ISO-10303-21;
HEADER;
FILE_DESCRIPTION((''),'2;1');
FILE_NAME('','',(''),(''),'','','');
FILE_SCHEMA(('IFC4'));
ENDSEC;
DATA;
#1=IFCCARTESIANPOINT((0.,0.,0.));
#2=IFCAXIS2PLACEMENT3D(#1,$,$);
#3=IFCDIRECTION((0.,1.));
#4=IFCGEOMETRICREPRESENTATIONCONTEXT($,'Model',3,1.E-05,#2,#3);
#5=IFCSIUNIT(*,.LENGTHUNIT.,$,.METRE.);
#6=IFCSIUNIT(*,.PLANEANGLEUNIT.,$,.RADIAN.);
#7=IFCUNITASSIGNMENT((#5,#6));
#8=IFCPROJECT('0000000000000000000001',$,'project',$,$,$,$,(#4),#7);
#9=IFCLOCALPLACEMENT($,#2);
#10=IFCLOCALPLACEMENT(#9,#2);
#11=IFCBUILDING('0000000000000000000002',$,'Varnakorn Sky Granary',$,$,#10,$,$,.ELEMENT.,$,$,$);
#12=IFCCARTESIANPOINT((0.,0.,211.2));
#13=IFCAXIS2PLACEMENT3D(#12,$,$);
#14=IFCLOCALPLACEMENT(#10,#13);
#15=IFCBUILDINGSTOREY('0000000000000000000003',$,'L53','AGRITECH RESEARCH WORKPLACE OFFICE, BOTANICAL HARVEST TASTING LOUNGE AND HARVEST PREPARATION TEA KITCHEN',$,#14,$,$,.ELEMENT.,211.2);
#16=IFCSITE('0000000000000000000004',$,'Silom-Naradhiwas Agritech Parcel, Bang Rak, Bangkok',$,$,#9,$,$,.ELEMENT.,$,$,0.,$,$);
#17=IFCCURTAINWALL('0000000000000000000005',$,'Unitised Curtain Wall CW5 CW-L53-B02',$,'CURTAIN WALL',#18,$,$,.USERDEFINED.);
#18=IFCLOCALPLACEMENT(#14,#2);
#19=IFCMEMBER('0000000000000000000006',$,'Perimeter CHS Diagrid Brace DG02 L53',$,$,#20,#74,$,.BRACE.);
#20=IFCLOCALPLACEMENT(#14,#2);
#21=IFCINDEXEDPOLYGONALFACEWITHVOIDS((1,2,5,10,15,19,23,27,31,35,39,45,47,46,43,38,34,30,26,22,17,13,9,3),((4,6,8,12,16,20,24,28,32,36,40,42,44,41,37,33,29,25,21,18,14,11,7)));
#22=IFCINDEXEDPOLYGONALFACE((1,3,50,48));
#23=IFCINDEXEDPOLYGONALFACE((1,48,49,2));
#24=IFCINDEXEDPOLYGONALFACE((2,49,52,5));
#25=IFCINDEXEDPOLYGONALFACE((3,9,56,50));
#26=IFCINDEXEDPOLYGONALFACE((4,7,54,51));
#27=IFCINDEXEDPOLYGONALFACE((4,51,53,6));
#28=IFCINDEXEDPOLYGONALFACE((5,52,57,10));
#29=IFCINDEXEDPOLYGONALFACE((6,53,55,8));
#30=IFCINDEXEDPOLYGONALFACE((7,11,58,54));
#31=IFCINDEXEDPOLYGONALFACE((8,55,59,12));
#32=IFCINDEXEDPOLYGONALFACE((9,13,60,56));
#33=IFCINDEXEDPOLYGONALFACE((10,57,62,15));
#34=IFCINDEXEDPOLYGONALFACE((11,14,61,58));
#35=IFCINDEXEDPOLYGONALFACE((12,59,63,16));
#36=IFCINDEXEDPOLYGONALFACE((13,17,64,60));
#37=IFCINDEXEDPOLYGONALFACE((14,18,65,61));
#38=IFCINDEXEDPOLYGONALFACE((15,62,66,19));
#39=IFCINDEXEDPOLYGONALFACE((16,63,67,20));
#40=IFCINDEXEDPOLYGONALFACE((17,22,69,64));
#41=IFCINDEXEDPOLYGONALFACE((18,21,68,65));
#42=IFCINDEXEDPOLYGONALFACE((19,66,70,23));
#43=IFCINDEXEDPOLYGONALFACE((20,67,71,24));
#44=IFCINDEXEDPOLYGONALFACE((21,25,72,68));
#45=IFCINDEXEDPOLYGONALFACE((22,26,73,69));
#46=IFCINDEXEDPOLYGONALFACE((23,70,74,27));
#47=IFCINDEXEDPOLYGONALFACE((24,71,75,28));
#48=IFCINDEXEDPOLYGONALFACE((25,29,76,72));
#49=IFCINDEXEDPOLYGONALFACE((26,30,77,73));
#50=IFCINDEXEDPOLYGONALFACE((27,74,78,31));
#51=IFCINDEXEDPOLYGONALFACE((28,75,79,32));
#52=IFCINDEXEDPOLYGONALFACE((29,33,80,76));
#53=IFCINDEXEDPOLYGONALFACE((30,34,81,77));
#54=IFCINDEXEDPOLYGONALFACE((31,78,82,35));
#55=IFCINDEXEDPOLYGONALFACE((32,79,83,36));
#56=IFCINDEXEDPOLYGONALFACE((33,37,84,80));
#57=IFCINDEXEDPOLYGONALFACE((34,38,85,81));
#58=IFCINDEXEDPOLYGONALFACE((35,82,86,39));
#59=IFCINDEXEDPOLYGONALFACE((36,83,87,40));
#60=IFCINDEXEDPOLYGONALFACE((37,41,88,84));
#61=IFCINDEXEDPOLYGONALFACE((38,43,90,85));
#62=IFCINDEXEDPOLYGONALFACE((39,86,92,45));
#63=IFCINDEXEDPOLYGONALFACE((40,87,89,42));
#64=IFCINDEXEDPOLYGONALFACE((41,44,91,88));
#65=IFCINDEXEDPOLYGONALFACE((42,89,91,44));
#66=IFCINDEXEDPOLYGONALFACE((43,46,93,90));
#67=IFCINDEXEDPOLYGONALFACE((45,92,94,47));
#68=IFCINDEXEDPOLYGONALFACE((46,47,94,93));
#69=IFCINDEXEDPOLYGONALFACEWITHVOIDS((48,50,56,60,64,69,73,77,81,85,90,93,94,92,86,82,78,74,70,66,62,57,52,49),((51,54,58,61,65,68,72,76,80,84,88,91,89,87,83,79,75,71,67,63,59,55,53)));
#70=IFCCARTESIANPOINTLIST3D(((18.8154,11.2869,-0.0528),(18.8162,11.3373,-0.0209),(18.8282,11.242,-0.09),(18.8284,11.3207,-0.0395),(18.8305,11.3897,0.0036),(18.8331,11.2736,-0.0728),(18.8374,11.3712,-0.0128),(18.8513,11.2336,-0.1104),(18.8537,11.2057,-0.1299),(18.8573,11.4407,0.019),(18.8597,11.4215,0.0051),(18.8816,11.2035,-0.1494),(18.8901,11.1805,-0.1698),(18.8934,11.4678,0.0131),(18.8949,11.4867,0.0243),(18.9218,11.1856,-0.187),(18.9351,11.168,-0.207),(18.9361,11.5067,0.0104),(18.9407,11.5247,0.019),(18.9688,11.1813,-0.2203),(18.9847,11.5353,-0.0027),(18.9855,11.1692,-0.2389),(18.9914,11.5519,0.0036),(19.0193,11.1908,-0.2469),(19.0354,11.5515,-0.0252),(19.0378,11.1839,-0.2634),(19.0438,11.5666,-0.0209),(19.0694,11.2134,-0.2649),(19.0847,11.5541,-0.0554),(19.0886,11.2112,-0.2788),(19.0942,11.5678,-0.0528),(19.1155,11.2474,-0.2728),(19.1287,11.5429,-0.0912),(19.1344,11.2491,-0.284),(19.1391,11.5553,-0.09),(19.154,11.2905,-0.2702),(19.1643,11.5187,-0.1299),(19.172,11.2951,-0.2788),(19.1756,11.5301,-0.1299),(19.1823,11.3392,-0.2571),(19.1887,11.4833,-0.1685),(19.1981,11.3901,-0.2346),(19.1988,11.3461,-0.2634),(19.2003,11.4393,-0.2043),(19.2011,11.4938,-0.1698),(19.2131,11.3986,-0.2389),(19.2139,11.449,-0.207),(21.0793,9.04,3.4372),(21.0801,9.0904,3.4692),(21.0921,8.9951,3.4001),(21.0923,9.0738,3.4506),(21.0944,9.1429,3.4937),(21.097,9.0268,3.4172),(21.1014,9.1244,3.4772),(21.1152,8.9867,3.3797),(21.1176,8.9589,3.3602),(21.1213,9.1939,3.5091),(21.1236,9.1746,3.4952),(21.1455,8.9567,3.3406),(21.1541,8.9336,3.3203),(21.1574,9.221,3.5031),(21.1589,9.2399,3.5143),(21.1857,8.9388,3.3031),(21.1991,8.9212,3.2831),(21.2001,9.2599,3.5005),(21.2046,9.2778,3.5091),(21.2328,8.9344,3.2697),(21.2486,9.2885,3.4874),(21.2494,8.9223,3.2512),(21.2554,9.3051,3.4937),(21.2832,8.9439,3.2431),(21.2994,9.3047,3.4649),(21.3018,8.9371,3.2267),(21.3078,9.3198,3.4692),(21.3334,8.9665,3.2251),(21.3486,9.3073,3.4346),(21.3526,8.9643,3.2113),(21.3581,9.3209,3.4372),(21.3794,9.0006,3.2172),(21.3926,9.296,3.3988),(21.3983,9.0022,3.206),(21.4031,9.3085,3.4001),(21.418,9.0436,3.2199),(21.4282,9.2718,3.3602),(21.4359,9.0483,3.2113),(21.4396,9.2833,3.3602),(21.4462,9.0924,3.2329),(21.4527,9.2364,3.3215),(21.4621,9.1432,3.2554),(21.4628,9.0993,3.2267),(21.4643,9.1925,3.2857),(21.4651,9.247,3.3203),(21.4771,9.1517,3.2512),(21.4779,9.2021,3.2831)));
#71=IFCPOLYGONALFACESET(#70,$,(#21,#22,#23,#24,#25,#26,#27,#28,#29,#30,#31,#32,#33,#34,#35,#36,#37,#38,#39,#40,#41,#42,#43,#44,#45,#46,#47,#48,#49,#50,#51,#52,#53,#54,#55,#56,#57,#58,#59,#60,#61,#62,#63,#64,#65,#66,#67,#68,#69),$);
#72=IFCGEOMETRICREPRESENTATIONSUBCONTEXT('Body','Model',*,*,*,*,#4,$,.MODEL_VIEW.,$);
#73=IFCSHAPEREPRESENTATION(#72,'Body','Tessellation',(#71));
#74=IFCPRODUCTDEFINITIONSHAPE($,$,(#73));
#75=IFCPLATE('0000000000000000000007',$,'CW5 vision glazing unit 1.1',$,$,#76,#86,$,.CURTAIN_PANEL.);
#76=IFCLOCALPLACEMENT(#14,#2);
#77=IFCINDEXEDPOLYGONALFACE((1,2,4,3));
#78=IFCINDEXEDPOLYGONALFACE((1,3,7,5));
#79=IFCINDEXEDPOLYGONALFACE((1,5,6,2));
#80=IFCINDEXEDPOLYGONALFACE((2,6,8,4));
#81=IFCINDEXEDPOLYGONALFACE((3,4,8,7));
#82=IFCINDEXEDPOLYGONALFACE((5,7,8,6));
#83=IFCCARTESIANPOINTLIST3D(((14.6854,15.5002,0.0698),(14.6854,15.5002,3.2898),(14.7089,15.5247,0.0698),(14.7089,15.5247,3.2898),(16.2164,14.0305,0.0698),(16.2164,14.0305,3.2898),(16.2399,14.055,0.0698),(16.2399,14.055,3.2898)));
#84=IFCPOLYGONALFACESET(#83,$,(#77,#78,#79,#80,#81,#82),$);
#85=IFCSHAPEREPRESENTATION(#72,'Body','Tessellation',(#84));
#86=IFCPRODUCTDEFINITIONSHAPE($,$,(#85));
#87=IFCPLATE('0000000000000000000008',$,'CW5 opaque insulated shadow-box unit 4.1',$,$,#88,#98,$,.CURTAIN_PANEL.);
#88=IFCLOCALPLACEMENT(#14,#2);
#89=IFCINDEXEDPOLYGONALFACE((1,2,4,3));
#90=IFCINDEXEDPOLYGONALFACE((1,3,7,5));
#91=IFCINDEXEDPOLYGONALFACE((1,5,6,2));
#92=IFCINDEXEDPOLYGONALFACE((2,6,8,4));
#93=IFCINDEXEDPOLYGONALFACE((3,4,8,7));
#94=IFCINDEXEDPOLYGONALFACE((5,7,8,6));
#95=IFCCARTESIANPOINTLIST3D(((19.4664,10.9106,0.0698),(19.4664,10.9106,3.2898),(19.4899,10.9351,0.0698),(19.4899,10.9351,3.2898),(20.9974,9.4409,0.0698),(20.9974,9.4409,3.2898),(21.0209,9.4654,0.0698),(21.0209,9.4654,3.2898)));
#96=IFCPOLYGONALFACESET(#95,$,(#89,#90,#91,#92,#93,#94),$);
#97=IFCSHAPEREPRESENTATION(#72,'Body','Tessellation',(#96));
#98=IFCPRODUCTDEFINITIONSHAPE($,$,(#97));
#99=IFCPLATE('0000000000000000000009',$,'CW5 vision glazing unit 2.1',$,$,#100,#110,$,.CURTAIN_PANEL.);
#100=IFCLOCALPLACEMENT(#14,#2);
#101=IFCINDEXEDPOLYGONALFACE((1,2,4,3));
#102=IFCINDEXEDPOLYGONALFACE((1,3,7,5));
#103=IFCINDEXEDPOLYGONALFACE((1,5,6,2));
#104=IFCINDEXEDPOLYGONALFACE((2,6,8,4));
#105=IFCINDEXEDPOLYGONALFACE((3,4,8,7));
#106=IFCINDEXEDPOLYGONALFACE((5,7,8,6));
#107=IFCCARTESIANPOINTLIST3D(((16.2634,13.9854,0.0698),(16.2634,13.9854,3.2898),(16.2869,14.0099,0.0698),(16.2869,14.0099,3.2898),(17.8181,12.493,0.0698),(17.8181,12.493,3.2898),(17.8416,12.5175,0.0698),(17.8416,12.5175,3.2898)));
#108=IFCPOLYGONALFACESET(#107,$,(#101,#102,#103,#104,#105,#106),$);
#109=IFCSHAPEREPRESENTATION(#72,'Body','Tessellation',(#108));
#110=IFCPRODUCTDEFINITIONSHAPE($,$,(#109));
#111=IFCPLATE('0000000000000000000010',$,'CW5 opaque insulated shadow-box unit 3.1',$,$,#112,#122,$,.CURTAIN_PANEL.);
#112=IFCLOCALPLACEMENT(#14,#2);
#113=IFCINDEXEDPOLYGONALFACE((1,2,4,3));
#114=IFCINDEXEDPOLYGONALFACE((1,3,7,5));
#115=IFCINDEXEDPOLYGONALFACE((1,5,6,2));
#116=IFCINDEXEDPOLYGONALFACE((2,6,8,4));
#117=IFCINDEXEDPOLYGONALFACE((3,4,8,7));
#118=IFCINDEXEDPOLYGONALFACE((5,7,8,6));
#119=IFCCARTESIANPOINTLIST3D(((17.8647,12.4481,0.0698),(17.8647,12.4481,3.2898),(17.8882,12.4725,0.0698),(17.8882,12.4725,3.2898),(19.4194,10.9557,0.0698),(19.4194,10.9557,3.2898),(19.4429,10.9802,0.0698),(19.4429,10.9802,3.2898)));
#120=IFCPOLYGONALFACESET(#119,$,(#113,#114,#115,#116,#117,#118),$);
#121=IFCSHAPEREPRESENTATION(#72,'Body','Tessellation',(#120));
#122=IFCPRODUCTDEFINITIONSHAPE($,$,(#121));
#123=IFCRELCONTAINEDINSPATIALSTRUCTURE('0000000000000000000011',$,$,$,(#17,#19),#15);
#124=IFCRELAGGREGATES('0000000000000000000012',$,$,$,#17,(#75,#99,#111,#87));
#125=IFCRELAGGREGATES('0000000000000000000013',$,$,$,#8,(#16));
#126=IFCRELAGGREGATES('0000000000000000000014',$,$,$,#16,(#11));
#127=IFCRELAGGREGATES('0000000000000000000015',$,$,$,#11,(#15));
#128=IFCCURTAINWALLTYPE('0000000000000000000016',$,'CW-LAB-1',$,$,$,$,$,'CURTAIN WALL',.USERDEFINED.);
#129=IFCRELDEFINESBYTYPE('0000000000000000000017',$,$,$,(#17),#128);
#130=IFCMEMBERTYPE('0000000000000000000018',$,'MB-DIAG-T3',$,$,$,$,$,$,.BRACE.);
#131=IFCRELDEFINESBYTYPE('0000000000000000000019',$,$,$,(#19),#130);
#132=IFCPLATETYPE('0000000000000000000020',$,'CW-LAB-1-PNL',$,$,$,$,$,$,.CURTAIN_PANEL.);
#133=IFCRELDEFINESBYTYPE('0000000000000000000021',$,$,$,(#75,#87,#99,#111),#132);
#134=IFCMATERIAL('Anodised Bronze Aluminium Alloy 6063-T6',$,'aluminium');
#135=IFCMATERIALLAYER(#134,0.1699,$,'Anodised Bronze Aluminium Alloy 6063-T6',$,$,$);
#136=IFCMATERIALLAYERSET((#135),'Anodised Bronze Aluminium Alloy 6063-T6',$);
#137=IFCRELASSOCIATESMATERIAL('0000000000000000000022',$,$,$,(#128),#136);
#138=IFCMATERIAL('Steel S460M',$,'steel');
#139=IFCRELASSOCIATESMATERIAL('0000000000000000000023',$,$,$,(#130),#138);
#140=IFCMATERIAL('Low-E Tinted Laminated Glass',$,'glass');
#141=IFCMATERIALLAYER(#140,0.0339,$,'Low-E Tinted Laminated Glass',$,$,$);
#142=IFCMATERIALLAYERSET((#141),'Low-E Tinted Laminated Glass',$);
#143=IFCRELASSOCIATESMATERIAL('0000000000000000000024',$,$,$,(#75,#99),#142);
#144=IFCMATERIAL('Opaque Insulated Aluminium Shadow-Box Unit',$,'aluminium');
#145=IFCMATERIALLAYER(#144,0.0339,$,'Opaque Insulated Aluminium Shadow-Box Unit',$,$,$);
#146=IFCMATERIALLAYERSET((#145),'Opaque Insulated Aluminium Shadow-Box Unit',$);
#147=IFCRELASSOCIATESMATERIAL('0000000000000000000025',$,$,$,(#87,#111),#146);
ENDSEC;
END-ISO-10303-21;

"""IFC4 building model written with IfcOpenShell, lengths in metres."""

from ifc_helpers import new_model, si_unit, direction, frame, origin, origin_2d, place, context, subcontext, project, spatial, rectangle, hollow_circle, extrude, source, transform, mapped, material, layer, layer_set, material_profile, profile_set, type_object, type_shapes, element, aggregate, save


model = new_model("IFC4")

# Units and contexts
model_context = context("Model", 3, precision=1e-05, world=origin(), true_north=direction((0.0, 1.0)))
body_context = subcontext(model_context, "Body", "Model", "MODEL_VIEW")
ifc_project = project(units=[si_unit("LENGTHUNIT", "METRE"), si_unit("PLANEANGLEUNIT", "RADIAN")], contexts=[model_context])

# Site, building, storey
site_placement = place(None, origin())
site = spatial("IfcSite", under=ifc_project, at=site_placement, Name="Silom-Naradhiwas Agritech Parcel, Bang Rak, Bangkok", CompositionType="ELEMENT", RefElevation=0.0)
building_placement = place(site_placement, origin())
building = spatial("IfcBuilding", under=site, at=building_placement, Name="Varnakorn Sky Granary", CompositionType="ELEMENT")
storey_placement = place(building_placement, frame((0.0, 0.0, 211.2)))
storey = spatial("IfcBuildingStorey", under=building, at=storey_placement, Name="L53", Description="AGRITECH RESEARCH WORKPLACE OFFICE, BOTANICAL HARVEST TASTING LOUNGE AND HARVEST PREPARATION TEA KITCHEN", CompositionType="ELEMENT", Elevation=211.2)

# Shared definitions
ifc_material_1 = material(Name="Steel S460M", Category="steel")

# Curtain wall
ifc_material_2 = material(Name="Anodised Bronze Aluminium Alloy 6063-T6", Category="aluminium")
ifc_layer_1 = layer(ifc_material_2, 0.1699, Name="Anodised Bronze Aluminium Alloy 6063-T6")
ifc_layer_set_1 = layer_set([ifc_layer_1], Name="Anodised Bronze Aluminium Alloy 6063-T6")
curtain_wall_type = type_object("IfcCurtainWallType", Name="CW-LAB-1", ElementType="CURTAIN WALL", PredefinedType="USERDEFINED", material=ifc_layer_set_1)
curtain_wall_placement = place(storey_placement, origin())
curtain_wall = element("IfcCurtainWall", 1, at=curtain_wall_placement, inside=storey, type_object=curtain_wall_type, Name="Unitised Curtain Wall CW5 CW-L53-B02", ObjectType="CURTAIN WALL", PredefinedType="USERDEFINED")

# Member
ifc_material_profile_1 = material_profile(ifc_material_1, hollow_circle(Radius=0.2285, WallThickness=0.0161, at=origin_2d()), Name="CHS 457x16")
ifc_profile_set_1 = profile_set([ifc_material_profile_1], Name="Steel S460M")
member_type_1 = type_object("IfcMemberType", Name="MB-DIAG-T3", PredefinedType="BRACE", material=ifc_profile_set_1)
member_1_placement = place(storey_placement, frame((19.0146, 11.3679, -0.1299), z_axis=(0.478836, -0.475221, 0.73816), x_axis=(0.704423, 0.709781, 0.0)))
element("IfcMember", 2, at=member_1_placement, inside=storey, type_object=member_type_1, Name="Perimeter CHS Diagrid Brace DG02 L53", PredefinedType="BRACE", context=body_context, shape_type="SweptSolid", body=[
    extrude(hollow_circle(Radius=0.2285, WallThickness=0.0161, at=origin_2d()), origin(), (0.0, 0.0, 1.0), 4.728),
])

# Plates
ifc_material_3 = material(Name="Low-E Tinted Laminated Glass", Category="glass")
ifc_layer_2 = layer(ifc_material_3, 0.0339, Name="Low-E Tinted Laminated Glass")
ifc_layer_set_2 = layer_set([ifc_layer_2], Name="Low-E Tinted Laminated Glass")
plate_type = type_object("IfcPlateType", Name="CW-LAB-1-PNL", PredefinedType="CURTAIN_PANEL")
shared_shape_1 = source(origin(), body_context, "Body", "SweptSolid", [
    extrude(rectangle(XDim=2.1223, YDim=0.0339, at=origin_2d()), origin(), (0.0, 0.0, 1.0), 3.22),
])
plate_1_placement = place(storey_placement, frame((15.4626, 14.7776, 0.0698), z_axis=(0.0, 0.0, 1.0), x_axis=(0.721402, -0.692516, 0.0)))
plate_1 = element("IfcPlate", 3, at=plate_1_placement, type_object=plate_type, material=ifc_layer_set_2, Name="CW5 vision glazing unit 1.1", PredefinedType="CURTAIN_PANEL", context=body_context, shape_type="MappedRepresentation", body=[
    mapped(shared_shape_1, transform((0.0, 0.0, 0.0), x_axis=(1.0, 0.0, 0.0), y_axis=(0.0, 1.0, 0.0), z_axis=(0.0, 0.0, 1.0), scale=1.0)),
])
ifc_material_4 = material(Name="Opaque Insulated Aluminium Shadow-Box Unit", Category="aluminium")
ifc_layer_3 = layer(ifc_material_4, 0.0339, Name="Opaque Insulated Aluminium Shadow-Box Unit")
ifc_layer_set_3 = layer_set([ifc_layer_3], Name="Opaque Insulated Aluminium Shadow-Box Unit")
plate_2_placement = place(storey_placement, frame((20.2437, 10.188, 0.0698), z_axis=(0.0, 0.0, 1.0), x_axis=(0.721402, -0.692516, 0.0)))
plate_2 = element("IfcPlate", 4, at=plate_2_placement, type_object=plate_type, material=ifc_layer_set_3, Name="CW5 opaque insulated shadow-box unit 4.1", PredefinedType="CURTAIN_PANEL", context=body_context, shape_type="MappedRepresentation", body=[
    mapped(shared_shape_1, transform((0.0, 0.0, 0.0), x_axis=(1.0, 0.0, 0.0), y_axis=(0.0, 1.0, 0.0), z_axis=(0.0, 0.0, 1.0), scale=1.0)),
])
shared_shape_2 = source(origin(), body_context, "Body", "SweptSolid", [
    extrude(rectangle(XDim=2.155, YDim=0.0339, at=origin_2d()), origin(), (0.0, 0.0, 1.0), 3.22),
])
type_shapes(plate_type, [shared_shape_1, shared_shape_2])
plate_3_placement = place(storey_placement, frame((17.0525, 13.2515, 0.0698), z_axis=(0.0, 0.0, 1.0), x_axis=(0.721402, -0.692516, 0.0)))
plate_3 = element("IfcPlate", 5, at=plate_3_placement, type_object=plate_type, material=ifc_layer_set_2, Name="CW5 vision glazing unit 2.1", PredefinedType="CURTAIN_PANEL", context=body_context, shape_type="MappedRepresentation", body=[
    mapped(shared_shape_2, transform((0.0, 0.0, 0.0), x_axis=(1.0, 0.0, 0.0), y_axis=(0.0, 1.0, 0.0), z_axis=(0.0, 0.0, 1.0), scale=1.0)),
])
plate_4_placement = place(storey_placement, frame((18.6538, 11.7141, 0.0698), z_axis=(0.0, 0.0, 1.0), x_axis=(0.721402, -0.692516, 0.0)))
plate_4 = element("IfcPlate", 6, at=plate_4_placement, type_object=plate_type, material=ifc_layer_set_3, Name="CW5 opaque insulated shadow-box unit 3.1", PredefinedType="CURTAIN_PANEL", context=body_context, shape_type="MappedRepresentation", body=[
    mapped(shared_shape_2, transform((0.0, 0.0, 0.0), x_axis=(1.0, 0.0, 0.0), y_axis=(0.0, 1.0, 0.0), z_axis=(0.0, 0.0, 1.0), scale=1.0)),
])
aggregate(curtain_wall, [plate_1, plate_3, plate_4, plate_2])

save(model, "model.ifc")
